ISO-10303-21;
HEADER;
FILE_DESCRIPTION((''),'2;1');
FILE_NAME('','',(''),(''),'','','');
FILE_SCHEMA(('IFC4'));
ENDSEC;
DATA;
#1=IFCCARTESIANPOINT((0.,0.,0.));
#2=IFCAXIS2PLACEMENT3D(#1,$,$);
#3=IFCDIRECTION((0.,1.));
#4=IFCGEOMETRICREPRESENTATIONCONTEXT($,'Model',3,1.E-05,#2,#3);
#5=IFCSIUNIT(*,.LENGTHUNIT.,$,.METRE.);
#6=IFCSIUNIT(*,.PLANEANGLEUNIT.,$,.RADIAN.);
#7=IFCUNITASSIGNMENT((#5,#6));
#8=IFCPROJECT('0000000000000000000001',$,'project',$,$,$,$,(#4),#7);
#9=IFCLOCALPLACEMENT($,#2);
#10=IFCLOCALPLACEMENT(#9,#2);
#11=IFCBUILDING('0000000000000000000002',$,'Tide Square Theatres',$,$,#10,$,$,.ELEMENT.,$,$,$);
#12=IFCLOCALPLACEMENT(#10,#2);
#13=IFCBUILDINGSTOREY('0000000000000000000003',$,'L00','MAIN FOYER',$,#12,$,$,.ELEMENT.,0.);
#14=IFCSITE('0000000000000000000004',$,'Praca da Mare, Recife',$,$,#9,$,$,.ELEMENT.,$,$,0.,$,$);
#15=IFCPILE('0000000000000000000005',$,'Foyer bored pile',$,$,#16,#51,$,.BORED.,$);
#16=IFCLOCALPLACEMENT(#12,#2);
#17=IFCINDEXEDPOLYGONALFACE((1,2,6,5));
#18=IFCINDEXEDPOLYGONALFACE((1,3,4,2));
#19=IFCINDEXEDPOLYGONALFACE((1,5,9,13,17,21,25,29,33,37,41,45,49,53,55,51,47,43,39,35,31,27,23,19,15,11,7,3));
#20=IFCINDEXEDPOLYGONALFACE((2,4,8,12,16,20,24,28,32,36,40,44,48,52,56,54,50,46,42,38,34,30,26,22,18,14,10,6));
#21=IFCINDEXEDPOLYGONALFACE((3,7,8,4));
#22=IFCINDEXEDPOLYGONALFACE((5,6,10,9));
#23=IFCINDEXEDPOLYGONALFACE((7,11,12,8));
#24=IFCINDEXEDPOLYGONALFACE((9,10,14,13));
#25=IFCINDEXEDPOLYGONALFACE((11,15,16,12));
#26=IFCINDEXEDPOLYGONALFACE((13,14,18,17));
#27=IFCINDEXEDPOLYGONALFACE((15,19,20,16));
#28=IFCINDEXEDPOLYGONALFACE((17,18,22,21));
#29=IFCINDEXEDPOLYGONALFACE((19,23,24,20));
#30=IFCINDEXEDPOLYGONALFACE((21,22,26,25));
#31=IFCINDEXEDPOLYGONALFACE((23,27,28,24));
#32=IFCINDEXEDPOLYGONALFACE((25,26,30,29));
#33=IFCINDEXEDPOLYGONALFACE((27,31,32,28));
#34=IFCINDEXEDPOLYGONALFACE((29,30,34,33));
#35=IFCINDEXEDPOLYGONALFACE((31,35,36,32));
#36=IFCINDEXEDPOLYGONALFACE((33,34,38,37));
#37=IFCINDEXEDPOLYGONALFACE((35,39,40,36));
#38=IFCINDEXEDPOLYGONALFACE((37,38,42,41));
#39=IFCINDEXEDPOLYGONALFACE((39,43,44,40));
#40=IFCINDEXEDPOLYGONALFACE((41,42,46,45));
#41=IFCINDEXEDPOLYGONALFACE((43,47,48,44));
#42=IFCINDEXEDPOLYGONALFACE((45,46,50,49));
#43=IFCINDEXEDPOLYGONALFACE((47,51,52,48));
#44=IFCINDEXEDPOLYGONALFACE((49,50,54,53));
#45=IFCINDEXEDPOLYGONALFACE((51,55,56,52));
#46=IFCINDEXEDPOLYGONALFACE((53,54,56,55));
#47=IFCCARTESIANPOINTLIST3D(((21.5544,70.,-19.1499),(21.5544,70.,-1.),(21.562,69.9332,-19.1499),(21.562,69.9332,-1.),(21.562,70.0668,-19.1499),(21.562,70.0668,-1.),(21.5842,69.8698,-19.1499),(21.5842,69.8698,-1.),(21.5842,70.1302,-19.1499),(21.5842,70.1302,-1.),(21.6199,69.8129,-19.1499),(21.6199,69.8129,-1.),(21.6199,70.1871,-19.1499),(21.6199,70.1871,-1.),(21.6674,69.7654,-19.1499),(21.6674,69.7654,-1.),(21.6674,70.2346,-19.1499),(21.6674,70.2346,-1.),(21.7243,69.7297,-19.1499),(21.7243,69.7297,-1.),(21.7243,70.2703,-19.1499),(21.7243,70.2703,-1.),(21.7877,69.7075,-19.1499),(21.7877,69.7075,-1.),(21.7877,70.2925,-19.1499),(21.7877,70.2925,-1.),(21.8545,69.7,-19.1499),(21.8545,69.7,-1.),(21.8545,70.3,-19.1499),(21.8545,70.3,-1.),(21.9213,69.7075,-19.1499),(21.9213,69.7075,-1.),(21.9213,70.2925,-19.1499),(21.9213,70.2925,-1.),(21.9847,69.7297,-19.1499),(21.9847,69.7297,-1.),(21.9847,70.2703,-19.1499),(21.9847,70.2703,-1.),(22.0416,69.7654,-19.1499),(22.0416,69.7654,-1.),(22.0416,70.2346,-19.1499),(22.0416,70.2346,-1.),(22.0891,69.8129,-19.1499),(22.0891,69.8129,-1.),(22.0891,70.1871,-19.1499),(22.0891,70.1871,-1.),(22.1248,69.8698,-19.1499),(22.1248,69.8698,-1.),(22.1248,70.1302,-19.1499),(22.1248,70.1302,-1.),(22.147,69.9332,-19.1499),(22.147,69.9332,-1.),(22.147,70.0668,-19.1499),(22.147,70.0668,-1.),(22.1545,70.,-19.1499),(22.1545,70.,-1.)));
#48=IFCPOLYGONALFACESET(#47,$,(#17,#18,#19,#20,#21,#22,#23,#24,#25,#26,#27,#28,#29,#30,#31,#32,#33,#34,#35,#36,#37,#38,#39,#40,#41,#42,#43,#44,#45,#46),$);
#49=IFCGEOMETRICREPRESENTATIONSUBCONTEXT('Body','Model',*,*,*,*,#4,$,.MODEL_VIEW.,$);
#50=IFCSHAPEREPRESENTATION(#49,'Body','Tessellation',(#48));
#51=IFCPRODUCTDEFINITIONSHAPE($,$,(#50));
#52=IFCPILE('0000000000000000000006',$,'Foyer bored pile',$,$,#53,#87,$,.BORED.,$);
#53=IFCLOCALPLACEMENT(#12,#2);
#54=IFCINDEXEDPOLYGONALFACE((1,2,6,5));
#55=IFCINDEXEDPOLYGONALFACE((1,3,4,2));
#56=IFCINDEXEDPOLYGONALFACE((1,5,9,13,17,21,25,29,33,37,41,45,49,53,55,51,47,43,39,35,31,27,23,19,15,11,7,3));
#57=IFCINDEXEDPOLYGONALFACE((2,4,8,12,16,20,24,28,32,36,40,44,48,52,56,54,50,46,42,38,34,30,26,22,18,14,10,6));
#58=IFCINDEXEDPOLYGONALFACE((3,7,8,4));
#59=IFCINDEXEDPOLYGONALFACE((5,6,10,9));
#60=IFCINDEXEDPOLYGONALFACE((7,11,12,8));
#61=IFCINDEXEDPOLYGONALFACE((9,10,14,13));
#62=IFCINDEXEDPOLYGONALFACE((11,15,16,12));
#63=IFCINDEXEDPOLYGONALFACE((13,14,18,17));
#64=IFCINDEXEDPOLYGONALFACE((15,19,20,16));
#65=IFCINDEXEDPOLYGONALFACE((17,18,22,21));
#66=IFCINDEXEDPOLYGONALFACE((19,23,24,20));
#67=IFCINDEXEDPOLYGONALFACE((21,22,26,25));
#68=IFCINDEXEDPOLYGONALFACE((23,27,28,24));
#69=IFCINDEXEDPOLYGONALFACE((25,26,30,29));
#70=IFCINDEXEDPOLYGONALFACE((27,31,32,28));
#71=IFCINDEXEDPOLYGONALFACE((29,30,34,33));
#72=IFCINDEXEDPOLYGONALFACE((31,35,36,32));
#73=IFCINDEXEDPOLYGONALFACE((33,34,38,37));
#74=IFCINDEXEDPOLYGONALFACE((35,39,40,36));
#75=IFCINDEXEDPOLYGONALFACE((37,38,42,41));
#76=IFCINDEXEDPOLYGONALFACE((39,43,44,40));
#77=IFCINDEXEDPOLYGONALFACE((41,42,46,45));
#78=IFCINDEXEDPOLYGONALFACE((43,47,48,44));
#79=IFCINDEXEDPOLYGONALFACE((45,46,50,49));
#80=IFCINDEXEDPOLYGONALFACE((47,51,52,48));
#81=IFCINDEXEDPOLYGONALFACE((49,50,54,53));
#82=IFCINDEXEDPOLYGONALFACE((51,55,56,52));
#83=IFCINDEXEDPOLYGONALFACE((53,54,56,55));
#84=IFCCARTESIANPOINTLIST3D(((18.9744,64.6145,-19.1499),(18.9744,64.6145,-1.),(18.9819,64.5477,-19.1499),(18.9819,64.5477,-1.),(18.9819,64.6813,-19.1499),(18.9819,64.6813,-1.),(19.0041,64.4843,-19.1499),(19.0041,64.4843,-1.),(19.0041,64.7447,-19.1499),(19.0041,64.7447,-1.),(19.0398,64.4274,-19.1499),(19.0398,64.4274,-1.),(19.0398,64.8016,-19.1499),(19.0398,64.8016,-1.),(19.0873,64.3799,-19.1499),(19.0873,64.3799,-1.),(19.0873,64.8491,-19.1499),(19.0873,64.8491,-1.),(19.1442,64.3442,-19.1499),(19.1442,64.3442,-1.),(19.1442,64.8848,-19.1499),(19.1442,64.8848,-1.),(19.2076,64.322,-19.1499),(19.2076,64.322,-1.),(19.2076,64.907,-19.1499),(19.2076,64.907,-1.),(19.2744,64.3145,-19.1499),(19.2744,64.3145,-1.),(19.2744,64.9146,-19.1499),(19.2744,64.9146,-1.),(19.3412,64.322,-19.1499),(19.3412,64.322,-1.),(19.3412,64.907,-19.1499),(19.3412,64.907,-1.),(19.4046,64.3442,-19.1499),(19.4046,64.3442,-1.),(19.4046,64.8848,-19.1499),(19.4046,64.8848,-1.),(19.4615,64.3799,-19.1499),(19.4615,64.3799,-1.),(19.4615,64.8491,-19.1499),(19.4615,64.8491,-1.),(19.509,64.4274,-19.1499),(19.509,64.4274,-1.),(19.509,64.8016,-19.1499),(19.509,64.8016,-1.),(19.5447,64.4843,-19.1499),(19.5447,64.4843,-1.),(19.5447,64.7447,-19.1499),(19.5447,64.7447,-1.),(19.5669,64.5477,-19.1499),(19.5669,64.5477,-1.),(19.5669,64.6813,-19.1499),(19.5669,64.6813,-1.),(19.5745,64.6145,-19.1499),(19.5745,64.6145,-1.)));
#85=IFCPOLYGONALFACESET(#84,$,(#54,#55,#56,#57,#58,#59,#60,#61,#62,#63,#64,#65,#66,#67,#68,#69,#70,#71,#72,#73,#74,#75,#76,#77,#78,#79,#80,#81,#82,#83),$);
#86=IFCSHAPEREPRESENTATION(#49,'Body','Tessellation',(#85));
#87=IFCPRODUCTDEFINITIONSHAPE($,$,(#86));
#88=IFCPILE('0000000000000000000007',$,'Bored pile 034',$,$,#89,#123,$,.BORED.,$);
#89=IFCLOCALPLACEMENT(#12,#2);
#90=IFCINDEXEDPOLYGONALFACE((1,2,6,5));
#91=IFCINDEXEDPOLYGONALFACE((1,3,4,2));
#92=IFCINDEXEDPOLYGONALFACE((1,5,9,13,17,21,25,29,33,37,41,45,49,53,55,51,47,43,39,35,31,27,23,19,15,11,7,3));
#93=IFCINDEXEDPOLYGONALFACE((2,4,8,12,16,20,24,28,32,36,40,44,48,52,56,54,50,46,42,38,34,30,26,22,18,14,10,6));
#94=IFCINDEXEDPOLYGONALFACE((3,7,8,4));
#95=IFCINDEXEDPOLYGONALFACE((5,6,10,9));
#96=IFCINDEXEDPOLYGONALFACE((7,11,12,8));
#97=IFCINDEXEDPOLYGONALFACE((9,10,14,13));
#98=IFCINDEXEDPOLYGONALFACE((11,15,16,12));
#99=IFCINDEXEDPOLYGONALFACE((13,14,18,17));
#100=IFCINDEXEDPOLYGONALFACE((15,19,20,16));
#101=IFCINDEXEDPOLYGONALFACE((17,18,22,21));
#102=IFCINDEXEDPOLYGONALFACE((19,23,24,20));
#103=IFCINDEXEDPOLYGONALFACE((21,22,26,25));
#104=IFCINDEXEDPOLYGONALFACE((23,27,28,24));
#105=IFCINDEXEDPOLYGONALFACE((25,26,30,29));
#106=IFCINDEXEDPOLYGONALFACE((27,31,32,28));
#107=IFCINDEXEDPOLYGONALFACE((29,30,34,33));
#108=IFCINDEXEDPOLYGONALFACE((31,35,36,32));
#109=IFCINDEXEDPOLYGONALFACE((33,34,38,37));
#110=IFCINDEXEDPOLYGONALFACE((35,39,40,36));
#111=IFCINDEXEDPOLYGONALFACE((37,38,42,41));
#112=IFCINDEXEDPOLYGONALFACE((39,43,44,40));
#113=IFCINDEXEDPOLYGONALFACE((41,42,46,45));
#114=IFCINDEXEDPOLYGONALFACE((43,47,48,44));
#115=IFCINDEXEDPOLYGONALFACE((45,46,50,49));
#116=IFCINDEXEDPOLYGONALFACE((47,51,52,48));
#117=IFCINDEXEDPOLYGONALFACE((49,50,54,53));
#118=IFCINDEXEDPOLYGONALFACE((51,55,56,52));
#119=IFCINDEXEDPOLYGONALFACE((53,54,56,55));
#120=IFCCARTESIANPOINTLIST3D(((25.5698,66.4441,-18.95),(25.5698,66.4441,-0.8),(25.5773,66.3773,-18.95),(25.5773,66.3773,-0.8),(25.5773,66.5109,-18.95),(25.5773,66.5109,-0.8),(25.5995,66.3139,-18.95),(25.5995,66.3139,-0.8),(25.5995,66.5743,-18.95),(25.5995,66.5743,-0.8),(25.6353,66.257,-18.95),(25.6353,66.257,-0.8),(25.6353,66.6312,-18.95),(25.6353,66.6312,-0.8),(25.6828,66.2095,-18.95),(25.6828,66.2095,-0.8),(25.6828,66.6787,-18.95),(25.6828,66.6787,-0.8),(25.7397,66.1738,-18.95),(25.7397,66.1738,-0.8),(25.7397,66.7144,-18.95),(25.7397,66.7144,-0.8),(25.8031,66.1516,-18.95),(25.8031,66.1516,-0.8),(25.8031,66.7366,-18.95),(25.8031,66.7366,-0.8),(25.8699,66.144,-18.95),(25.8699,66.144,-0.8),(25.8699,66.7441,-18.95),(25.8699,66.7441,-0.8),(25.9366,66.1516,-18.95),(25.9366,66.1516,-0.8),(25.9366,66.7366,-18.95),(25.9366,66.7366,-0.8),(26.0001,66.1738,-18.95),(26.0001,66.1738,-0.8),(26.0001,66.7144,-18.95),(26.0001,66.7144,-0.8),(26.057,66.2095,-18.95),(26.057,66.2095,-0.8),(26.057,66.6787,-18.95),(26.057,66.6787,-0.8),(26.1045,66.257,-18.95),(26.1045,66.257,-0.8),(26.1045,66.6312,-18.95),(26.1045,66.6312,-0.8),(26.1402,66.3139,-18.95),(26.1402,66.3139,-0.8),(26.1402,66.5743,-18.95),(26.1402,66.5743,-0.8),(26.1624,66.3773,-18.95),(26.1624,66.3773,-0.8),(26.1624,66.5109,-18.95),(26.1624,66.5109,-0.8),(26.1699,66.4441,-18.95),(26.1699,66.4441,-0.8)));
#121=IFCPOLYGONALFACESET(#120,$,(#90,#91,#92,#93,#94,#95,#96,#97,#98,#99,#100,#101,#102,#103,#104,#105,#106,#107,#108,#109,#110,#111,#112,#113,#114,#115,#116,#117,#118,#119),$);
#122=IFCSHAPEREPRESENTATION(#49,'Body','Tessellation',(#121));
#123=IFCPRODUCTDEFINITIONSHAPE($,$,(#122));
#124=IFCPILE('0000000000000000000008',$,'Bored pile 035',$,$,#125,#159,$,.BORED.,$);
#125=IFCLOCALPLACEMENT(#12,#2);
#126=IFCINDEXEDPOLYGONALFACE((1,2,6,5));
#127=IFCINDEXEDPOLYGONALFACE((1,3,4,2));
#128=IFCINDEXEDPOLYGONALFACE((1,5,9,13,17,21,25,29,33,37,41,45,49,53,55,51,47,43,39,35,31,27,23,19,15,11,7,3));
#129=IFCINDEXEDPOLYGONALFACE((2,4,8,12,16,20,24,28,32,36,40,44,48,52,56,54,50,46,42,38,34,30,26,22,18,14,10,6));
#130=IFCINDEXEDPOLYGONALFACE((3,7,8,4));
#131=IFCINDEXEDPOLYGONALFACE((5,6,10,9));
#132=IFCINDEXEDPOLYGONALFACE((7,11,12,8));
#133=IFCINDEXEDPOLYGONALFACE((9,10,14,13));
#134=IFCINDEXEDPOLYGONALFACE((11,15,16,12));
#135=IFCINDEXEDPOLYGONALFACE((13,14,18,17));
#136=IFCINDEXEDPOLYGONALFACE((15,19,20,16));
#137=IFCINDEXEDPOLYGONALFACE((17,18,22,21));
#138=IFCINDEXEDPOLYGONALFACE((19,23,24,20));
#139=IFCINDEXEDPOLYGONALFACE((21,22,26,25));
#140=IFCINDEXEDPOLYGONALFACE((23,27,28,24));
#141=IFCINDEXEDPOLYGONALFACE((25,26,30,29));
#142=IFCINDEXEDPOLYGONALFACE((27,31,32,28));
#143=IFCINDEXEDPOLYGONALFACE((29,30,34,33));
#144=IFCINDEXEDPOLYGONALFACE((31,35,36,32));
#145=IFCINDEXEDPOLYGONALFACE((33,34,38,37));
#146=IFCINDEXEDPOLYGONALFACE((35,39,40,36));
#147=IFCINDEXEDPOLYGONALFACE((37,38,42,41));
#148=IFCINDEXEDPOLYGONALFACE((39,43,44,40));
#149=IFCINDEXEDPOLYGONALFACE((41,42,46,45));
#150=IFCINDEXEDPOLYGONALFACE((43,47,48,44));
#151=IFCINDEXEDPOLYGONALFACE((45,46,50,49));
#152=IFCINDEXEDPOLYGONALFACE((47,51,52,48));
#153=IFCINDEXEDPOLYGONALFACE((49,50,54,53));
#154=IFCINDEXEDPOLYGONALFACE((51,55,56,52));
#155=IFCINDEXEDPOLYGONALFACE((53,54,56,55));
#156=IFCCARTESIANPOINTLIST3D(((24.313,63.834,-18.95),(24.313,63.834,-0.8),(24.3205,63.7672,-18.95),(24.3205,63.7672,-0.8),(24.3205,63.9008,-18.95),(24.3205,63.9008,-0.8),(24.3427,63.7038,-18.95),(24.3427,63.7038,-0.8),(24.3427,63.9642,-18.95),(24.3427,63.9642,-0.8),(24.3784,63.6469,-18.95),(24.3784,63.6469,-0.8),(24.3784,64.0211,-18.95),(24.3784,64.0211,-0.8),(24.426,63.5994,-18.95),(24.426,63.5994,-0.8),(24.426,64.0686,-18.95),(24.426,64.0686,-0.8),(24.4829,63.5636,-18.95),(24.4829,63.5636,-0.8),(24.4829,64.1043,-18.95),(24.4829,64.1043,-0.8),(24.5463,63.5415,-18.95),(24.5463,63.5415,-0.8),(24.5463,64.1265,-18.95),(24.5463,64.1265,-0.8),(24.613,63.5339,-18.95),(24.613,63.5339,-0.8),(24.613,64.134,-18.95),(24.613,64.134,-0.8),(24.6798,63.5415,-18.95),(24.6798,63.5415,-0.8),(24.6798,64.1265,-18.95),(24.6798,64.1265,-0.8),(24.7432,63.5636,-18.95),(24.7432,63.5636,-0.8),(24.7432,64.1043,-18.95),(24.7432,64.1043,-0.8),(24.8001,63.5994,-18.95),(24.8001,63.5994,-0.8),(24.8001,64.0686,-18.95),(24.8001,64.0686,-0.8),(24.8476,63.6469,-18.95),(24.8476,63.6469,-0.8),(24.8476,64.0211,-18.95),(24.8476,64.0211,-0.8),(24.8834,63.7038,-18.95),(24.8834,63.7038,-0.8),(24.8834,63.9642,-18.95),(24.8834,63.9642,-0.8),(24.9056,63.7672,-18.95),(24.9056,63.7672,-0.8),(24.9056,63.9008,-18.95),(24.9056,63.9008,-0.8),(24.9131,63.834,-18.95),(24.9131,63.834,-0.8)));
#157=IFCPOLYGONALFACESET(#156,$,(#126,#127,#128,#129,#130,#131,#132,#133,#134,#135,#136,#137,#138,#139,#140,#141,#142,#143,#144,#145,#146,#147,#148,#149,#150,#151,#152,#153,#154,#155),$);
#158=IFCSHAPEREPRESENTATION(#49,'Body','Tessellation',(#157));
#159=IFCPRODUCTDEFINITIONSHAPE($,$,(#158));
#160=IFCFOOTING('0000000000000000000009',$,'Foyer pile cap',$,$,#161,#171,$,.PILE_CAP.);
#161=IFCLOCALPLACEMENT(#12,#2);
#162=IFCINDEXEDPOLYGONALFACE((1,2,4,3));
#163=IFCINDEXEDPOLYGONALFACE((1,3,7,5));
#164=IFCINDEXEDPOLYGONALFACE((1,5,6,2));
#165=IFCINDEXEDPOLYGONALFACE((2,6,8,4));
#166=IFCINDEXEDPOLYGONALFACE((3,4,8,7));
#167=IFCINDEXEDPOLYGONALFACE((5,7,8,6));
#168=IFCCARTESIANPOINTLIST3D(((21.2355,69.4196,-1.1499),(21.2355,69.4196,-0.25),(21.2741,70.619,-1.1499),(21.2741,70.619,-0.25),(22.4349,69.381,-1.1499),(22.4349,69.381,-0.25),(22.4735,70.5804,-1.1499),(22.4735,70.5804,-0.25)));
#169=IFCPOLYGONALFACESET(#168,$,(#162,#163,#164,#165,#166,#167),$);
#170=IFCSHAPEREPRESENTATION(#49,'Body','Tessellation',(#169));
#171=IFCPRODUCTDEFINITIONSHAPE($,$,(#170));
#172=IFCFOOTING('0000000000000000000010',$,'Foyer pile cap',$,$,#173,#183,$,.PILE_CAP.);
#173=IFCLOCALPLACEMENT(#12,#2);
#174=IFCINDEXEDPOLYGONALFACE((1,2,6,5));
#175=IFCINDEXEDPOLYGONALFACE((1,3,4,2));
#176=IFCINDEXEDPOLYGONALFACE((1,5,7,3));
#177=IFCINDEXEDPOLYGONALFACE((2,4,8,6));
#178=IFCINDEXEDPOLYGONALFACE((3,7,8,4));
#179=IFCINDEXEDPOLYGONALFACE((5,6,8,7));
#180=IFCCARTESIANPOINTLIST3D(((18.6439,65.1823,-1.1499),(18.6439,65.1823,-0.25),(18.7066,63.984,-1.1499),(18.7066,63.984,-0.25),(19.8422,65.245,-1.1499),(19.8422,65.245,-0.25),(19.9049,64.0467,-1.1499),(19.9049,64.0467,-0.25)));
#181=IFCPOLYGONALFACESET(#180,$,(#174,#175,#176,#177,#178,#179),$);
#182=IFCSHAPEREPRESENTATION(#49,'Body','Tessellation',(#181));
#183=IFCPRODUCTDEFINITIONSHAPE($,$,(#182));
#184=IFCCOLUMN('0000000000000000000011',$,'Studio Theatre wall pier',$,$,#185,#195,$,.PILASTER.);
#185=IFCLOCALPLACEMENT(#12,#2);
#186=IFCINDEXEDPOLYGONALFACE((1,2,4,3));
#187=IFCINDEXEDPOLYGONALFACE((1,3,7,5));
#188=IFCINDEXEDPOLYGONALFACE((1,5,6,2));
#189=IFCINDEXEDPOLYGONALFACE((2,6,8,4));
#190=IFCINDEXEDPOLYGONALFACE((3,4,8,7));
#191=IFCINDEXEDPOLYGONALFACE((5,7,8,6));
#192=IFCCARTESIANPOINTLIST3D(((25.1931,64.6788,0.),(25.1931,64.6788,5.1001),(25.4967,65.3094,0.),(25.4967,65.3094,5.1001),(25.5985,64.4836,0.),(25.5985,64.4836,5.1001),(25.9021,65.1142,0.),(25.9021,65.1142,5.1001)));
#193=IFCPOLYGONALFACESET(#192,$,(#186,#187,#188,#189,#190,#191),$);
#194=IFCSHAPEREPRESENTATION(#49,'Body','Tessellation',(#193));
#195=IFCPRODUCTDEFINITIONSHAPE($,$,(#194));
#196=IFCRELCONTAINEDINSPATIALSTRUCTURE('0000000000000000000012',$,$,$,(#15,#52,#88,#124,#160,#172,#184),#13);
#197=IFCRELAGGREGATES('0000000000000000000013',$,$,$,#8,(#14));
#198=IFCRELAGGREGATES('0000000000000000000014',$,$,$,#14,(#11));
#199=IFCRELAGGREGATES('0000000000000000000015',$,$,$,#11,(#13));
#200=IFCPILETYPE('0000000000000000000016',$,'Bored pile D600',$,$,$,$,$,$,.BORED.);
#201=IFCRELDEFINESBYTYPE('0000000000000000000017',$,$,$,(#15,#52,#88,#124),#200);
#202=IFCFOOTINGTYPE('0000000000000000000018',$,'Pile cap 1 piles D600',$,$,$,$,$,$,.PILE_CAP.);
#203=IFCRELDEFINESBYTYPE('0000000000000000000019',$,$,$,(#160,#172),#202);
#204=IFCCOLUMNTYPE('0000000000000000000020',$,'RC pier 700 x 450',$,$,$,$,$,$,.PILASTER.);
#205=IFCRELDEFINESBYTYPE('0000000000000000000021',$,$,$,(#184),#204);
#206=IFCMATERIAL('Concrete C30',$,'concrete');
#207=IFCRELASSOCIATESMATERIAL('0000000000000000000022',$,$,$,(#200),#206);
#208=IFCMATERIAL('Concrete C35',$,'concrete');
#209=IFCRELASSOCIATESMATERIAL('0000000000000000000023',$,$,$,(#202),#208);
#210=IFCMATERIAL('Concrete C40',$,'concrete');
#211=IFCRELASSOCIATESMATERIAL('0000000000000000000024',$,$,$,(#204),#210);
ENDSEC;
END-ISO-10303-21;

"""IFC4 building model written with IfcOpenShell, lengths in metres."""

from ifc_helpers import new_model, si_unit, direction, frame, origin, origin_2d, place, context, subcontext, project, spatial, rectangle, circle, extrude, material, material_profile, profile_set, type_object, element, save


model = new_model("IFC4")

# Units and contexts
model_context = context("Model", 3, precision=1e-05, world=origin(), true_north=direction((0.0, 1.0)))
body_context = subcontext(model_context, "Body", "Model", "MODEL_VIEW")
ifc_project = project(units=[si_unit("LENGTHUNIT", "METRE"), si_unit("PLANEANGLEUNIT", "RADIAN")], contexts=[model_context])

# Site, building, storey
site_placement = place(None, origin())
site = spatial("IfcSite", under=ifc_project, at=site_placement, Name="Praca da Mare, Recife", CompositionType="ELEMENT", RefElevation=0.0)
building_placement = place(site_placement, origin())
building = spatial("IfcBuilding", under=site, at=building_placement, Name="Tide Square Theatres", CompositionType="ELEMENT")
storey_placement = place(building_placement, origin())
storey = spatial("IfcBuildingStorey", under=building, at=storey_placement, Name="L00", Description="MAIN FOYER", CompositionType="ELEMENT", Elevation=0.0)

# Piles
ifc_material_1 = material(Name="Concrete C30", Category="concrete")
ifc_material_profile_1 = material_profile(ifc_material_1, circle(Radius=0.3, at=origin_2d()))
ifc_profile_set_1 = profile_set([ifc_material_profile_1], Name="Concrete C30")
pile_type = type_object("IfcPileType", Name="Bored pile D600", PredefinedType="BORED", material=ifc_profile_set_1)
for number, where, z_axis, x_axis, name in (
    (1, (21.8545, 70.0, -1.0), (0.0, 0.0, -1.0), (1.0, 0.0, 0.0), "Foyer bored pile"),
    (2, (19.2744, 64.6145, -1.0), (0.0, 0.0, -1.0), (1.0, 0.0, 0.0), "Foyer bored pile"),
    (3, (25.8699, 66.4441, -0.8), (0.0, 0.0, -1.0), (1.0, 0.0, 0.0), "Bored pile 034"),
    (4, (24.613, 63.834, -0.8), (0.0, 0.0, -1.0), (1.0, 0.0, 0.0), "Bored pile 035"),
):
    element("IfcPile", number, at=place(storey_placement, frame(where, z_axis=z_axis, x_axis=x_axis)), inside=storey, type_object=pile_type, Name=name, PredefinedType="BORED", context=body_context, shape_type="SweptSolid", body=[
        extrude(circle(Radius=0.3, at=origin_2d()), origin(), (0.0, 0.0, 1.0), 18.1499),
    ])

# Footings
ifc_material_2 = material(Name="Concrete C35", Category="concrete")
footing_type = type_object("IfcFootingType", Name="Pile cap 1 piles D600", PredefinedType="PILE_CAP", material=ifc_material_2)
for number, where, z_axis, x_axis, name in (
    (5, (21.8545, 70.0, -1.1499), (0.0, 0.0, 1.0), (-0.032166, -0.999483, 0.0), "Foyer pile cap"),
    (6, (19.2744, 64.6145, -1.1499), (0.0, 0.0, 1.0), (0.052235, -0.998635, 0.0), "Foyer pile cap"),
):
    element("IfcFooting", number, at=place(storey_placement, frame(where, z_axis=z_axis, x_axis=x_axis)), inside=storey, type_object=footing_type, Name=name, PredefinedType="PILE_CAP", context=body_context, shape_type="SweptSolid", body=[
        extrude(rectangle(XDim=1.2, YDim=1.2, at=origin_2d()), origin(), (0.0, 0.0, 1.0), 0.8999),
    ])

# Column
ifc_material_3 = material(Name="Concrete C40", Category="concrete")
ifc_material_profile_2 = material_profile(ifc_material_3, rectangle(XDim=0.7, YDim=0.45, at=origin_2d()))
ifc_profile_set_2 = profile_set([ifc_material_profile_2], Name="Concrete C40")
column_type_1 = type_object("IfcColumnType", Name="RC pier 700 x 450", PredefinedType="PILASTER", material=ifc_profile_set_2)
column_placement = place(storey_placement, frame((25.5476, 64.8965, 0.0), z_axis=(0.0, 0.0, 1.0), x_axis=(-0.433814, -0.901003, 0.0)))
element("IfcColumn", 7, at=column_placement, inside=storey, type_object=column_type_1, Name="Studio Theatre wall pier", PredefinedType="PILASTER", context=body_context, shape_type="SweptSolid", body=[
    extrude(rectangle(XDim=0.7, YDim=0.45, at=origin_2d()), origin(), (0.0, 0.0, 1.0), 5.1001),
])

save(model, "model.ifc")
